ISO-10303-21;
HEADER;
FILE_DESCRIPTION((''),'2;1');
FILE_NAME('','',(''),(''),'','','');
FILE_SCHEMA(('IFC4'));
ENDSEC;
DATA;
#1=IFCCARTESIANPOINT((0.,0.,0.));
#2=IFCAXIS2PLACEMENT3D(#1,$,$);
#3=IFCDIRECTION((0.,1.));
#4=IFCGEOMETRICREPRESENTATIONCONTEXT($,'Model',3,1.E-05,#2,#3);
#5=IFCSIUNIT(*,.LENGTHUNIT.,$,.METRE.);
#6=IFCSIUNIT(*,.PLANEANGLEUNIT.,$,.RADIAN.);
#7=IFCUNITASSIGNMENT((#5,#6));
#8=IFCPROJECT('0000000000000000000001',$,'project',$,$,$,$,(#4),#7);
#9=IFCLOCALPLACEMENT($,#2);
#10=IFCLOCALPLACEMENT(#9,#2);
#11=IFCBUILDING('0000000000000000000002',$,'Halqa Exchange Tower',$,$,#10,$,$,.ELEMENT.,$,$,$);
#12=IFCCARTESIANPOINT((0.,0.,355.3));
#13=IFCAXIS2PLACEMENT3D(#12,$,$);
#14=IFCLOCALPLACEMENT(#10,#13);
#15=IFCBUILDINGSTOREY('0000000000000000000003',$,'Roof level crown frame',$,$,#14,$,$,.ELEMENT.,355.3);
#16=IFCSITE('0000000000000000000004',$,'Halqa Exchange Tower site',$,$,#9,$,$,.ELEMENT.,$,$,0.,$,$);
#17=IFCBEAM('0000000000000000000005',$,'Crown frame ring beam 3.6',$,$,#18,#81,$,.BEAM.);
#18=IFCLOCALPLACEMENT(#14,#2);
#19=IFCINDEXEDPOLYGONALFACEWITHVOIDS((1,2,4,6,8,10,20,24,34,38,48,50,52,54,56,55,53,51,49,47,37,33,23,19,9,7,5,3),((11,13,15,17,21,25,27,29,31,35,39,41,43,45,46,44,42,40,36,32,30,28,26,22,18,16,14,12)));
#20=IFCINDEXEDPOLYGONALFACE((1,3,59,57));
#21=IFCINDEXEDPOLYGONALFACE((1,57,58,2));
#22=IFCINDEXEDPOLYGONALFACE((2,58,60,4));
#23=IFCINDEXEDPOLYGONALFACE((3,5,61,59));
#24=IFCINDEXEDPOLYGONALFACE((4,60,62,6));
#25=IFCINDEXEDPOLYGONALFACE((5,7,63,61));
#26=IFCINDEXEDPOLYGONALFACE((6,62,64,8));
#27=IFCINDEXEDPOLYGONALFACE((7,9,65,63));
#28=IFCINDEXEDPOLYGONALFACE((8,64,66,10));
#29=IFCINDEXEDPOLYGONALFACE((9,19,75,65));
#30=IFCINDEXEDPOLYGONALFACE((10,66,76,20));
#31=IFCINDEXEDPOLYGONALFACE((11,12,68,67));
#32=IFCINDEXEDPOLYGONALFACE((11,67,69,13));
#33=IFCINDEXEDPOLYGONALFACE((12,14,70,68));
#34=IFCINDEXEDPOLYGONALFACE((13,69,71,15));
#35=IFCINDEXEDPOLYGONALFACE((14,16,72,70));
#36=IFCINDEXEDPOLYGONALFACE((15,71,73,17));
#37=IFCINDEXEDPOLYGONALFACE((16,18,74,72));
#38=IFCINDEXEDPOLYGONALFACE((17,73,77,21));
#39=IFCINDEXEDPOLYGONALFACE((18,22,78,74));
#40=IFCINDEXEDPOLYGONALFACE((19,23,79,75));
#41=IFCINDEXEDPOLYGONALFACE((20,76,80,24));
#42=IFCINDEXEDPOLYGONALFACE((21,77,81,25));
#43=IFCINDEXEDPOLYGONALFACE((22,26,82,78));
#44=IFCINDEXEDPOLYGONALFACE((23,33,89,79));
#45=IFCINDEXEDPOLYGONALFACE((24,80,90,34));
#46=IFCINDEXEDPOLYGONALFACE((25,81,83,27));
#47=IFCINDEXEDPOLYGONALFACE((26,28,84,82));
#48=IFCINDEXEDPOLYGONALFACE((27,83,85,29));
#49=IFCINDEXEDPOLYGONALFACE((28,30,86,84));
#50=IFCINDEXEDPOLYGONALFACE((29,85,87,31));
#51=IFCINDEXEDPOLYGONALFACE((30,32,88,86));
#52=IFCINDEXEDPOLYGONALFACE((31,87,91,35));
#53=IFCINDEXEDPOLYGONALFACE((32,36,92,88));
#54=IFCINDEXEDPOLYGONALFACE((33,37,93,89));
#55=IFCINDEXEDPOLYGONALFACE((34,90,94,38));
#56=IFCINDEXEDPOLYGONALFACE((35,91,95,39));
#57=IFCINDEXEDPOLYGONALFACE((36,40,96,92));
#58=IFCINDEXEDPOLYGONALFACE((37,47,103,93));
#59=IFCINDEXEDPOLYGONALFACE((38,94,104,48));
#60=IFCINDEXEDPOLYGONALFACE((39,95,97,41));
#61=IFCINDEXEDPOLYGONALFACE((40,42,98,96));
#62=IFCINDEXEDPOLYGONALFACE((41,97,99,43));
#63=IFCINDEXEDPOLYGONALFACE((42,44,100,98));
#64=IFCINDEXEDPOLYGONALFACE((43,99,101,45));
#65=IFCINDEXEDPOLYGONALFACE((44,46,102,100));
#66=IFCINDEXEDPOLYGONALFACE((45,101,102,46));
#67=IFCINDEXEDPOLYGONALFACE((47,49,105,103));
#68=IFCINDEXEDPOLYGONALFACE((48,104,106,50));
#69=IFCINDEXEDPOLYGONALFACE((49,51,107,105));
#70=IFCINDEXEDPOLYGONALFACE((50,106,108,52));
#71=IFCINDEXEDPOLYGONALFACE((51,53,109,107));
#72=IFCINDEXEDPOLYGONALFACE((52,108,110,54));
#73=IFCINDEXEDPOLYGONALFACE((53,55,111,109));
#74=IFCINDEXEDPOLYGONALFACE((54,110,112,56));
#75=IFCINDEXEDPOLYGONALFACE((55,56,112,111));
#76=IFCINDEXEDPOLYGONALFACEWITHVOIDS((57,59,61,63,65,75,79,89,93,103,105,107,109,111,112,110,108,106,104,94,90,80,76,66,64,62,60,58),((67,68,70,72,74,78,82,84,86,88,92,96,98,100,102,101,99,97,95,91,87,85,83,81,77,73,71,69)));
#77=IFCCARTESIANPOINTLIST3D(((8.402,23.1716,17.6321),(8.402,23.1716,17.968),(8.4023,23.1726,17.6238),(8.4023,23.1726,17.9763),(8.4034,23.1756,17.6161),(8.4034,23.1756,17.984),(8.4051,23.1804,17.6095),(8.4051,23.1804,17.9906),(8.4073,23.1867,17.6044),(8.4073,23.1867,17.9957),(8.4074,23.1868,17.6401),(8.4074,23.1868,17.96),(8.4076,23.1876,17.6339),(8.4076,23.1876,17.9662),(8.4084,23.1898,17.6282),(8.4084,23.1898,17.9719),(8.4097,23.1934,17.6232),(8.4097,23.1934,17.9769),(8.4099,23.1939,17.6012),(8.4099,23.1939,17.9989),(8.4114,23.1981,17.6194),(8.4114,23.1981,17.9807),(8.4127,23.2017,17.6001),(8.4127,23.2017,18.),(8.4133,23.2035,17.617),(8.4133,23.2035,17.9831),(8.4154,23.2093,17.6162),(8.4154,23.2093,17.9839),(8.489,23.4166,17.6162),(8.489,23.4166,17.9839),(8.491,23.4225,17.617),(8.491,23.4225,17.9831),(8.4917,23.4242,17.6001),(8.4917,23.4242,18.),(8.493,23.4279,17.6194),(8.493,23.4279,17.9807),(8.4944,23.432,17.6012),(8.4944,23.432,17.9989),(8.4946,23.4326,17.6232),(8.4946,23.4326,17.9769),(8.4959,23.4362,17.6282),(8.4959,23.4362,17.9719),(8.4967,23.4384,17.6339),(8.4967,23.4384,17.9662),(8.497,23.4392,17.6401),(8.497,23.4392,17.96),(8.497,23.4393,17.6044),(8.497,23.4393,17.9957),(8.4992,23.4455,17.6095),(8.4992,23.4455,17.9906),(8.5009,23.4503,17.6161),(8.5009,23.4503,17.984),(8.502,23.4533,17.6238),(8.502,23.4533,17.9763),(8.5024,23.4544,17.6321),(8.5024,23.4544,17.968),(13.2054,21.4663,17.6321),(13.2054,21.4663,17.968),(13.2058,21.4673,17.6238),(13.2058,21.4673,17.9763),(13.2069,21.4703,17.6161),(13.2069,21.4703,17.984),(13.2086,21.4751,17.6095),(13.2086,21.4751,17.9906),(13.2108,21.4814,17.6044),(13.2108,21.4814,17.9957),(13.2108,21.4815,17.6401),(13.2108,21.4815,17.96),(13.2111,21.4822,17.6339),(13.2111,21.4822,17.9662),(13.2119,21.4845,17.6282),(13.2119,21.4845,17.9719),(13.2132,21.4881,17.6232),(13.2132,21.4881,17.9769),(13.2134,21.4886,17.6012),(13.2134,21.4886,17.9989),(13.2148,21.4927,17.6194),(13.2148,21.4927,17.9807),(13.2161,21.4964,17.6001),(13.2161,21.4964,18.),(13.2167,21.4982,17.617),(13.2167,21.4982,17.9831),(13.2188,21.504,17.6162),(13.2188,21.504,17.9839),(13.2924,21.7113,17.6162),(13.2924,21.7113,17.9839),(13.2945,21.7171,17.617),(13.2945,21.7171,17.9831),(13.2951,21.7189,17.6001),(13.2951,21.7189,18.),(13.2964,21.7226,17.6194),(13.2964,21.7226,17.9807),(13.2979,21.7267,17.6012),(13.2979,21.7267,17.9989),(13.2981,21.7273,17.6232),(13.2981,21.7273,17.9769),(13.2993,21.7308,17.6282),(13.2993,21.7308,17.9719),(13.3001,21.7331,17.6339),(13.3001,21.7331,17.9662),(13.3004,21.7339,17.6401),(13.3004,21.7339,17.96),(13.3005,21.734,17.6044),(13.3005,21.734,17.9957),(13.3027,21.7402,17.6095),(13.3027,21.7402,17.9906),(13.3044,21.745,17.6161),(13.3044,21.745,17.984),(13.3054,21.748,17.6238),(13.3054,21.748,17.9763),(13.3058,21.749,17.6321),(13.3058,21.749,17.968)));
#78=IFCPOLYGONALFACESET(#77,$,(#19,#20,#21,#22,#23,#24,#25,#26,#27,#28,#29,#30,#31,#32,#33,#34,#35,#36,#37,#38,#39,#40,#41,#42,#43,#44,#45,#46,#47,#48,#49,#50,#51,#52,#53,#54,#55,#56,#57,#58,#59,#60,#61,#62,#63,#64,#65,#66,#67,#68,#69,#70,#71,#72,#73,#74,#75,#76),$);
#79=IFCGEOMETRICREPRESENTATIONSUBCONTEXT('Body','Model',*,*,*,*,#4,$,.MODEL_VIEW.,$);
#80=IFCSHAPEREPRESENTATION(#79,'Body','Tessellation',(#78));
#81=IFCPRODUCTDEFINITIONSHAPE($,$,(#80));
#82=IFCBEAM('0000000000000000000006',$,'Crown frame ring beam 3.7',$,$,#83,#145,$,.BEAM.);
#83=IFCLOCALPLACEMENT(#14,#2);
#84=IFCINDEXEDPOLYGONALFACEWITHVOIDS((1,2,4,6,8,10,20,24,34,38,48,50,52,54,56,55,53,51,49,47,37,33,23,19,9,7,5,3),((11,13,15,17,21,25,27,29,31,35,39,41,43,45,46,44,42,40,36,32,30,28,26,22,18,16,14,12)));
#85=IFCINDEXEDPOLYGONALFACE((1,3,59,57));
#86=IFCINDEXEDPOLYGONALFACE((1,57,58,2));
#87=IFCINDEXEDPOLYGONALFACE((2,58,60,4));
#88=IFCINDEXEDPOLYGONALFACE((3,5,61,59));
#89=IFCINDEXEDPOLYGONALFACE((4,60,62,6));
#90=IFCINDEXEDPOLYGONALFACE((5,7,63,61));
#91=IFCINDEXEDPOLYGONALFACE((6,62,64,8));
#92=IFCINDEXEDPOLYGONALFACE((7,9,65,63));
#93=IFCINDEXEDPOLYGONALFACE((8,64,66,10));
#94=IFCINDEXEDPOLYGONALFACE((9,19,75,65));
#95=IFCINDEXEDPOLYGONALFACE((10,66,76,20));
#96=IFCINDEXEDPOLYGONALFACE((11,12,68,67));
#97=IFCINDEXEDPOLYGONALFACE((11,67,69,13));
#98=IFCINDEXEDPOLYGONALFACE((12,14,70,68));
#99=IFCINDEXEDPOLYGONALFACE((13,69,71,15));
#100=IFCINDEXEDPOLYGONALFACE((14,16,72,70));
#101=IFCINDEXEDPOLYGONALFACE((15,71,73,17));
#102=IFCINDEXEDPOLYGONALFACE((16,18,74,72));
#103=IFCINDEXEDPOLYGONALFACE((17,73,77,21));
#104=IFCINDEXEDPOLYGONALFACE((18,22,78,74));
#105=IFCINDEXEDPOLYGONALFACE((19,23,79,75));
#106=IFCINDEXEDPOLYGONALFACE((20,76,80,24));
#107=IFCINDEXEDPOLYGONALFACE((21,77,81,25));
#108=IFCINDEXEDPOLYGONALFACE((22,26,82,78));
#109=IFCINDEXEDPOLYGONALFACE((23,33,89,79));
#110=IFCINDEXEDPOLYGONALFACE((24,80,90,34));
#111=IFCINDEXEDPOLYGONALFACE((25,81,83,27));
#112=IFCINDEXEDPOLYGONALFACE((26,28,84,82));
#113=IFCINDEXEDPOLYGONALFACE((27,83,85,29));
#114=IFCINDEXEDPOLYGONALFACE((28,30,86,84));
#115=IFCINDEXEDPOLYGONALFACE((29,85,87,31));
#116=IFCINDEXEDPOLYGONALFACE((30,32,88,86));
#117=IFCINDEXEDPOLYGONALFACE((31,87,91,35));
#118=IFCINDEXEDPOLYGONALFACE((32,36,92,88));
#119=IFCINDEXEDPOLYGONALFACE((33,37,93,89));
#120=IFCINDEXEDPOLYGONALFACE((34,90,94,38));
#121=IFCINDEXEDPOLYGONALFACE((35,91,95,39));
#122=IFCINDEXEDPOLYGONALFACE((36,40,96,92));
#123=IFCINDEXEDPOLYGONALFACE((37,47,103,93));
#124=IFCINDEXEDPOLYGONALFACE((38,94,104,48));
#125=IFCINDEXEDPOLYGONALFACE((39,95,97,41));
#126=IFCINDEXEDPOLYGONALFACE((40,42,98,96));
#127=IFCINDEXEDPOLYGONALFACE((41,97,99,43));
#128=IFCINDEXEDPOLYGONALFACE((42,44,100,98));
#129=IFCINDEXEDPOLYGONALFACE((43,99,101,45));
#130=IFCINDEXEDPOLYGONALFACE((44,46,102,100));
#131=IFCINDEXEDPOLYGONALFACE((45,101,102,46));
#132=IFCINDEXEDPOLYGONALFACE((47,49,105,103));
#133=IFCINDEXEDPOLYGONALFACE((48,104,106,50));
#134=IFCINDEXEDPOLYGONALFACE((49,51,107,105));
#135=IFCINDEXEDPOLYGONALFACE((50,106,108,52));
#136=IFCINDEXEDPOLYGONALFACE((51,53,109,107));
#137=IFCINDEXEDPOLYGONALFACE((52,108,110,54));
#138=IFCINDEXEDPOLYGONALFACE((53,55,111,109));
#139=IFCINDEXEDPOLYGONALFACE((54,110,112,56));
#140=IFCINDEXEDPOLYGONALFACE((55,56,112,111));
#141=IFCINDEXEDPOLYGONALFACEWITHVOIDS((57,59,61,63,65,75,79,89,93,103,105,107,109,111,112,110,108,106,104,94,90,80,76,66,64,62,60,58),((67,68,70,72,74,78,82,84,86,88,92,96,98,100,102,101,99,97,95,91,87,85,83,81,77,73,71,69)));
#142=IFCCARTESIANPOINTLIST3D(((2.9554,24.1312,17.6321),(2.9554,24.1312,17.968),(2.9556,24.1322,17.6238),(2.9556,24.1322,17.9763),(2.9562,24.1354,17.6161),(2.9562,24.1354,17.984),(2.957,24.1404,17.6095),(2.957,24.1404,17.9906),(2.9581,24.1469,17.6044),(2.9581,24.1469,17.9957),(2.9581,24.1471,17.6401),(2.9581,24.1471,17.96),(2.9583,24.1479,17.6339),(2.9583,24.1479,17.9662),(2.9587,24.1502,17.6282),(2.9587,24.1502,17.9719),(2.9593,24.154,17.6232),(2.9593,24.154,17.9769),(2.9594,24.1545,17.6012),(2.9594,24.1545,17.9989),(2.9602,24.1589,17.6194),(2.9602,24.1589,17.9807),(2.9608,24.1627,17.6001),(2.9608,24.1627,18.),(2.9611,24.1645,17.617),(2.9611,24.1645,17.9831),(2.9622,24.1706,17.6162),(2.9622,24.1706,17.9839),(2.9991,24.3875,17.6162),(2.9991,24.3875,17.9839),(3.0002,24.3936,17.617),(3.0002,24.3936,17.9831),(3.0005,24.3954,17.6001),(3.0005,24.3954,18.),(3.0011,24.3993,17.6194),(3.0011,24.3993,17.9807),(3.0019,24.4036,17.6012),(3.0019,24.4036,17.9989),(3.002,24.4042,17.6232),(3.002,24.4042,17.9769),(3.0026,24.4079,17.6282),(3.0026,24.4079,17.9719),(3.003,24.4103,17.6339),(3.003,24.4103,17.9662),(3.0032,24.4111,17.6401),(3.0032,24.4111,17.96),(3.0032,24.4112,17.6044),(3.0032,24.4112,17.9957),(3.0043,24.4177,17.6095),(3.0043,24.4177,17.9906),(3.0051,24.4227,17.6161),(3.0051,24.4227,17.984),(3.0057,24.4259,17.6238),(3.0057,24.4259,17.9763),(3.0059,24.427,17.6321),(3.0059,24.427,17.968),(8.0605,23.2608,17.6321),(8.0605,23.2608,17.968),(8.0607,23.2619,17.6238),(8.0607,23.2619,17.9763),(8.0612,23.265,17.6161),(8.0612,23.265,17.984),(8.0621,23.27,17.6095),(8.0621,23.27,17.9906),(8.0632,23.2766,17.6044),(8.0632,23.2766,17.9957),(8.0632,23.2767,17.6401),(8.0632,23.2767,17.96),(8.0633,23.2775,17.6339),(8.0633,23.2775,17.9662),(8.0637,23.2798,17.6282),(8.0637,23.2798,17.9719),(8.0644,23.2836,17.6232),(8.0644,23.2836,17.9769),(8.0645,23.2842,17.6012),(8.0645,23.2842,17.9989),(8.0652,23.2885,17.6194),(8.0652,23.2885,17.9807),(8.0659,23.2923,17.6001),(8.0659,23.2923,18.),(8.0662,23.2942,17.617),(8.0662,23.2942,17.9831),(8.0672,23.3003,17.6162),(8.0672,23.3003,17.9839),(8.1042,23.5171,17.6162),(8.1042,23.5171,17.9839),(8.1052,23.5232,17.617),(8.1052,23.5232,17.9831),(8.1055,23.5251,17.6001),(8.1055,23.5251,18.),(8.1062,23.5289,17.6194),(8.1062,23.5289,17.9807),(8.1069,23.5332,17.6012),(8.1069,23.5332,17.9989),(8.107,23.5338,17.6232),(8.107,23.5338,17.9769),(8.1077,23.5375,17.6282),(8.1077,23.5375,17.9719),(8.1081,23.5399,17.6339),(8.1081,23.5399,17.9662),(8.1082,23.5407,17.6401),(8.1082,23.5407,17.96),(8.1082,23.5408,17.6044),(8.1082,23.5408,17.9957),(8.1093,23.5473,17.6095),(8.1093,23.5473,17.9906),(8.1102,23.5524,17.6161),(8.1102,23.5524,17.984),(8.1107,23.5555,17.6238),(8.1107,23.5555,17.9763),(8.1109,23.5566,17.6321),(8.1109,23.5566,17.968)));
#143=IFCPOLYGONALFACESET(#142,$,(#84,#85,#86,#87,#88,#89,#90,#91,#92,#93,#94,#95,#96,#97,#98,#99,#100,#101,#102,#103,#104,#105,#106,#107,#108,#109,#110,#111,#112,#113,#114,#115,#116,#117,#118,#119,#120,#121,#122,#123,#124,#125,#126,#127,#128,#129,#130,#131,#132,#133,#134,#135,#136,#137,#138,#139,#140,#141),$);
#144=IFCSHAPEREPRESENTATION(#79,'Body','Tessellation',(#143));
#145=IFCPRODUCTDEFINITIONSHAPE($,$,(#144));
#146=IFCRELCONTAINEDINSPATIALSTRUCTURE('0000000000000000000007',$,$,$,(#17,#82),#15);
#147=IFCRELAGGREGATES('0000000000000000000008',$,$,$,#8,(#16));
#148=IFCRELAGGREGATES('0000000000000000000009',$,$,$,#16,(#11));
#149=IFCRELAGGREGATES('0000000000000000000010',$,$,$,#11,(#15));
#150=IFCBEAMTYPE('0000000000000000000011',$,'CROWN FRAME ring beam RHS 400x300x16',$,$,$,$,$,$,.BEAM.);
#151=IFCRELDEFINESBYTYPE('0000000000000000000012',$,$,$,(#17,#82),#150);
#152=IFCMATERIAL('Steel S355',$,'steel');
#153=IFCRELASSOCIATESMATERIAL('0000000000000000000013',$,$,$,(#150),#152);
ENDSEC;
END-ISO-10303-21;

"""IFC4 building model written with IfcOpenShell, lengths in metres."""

from ifc_helpers import new_model, si_unit, direction, frame, origin, origin_2d, place, context, subcontext, project, spatial, hollow_rectangle, extrude, material, material_profile, profile_set, type_object, element, save


model = new_model("IFC4")

# Units and contexts
model_context = context("Model", 3, precision=1e-05, world=origin(), true_north=direction((0.0, 1.0)))
body_context = subcontext(model_context, "Body", "Model", "MODEL_VIEW")
ifc_project = project(units=[si_unit("LENGTHUNIT", "METRE"), si_unit("PLANEANGLEUNIT", "RADIAN")], contexts=[model_context])

# Site, building, storey
site_placement = place(None, origin())
site = spatial("IfcSite", under=ifc_project, at=site_placement, Name="Halqa Exchange Tower site", CompositionType="ELEMENT", RefElevation=0.0)
building_placement = place(site_placement, origin())
building = spatial("IfcBuilding", under=site, at=building_placement, Name="Halqa Exchange Tower", CompositionType="ELEMENT")
storey_placement = place(building_placement, frame((0.0, 0.0, 355.3)))
storey = spatial("IfcBuildingStorey", under=building, at=storey_placement, Name="Roof level crown frame", CompositionType="ELEMENT", Elevation=355.3)

# Shared definitions
ifc_material_1 = material(Name="Steel S355", Category="steel")

# Beams
ifc_material_profile_1 = material_profile(ifc_material_1, hollow_rectangle(XDim=0.3, YDim=0.3999, WallThickness=0.0161, InnerFilletRadius=0.0239, OuterFilletRadius=0.032, at=origin_2d()), Name="RHS 400x300x16")
ifc_profile_set_1 = profile_set([ifc_material_profile_1], Name="Steel S355")
beam_type_1 = type_object("IfcBeamType", Name="CROWN FRAME ring beam RHS 400x300x16", PredefinedType="BEAM", material=ifc_profile_set_1)
beam_1_placement = place(storey_placement, frame((13.2556, 21.6077, 17.8), z_axis=(-0.942374, 0.334561, 0.0), x_axis=(-0.334561, -0.942374, 0.0)))
element("IfcBeam", 1, at=beam_1_placement, inside=storey, type_object=beam_type_1, Name="Crown frame ring beam 3.6", PredefinedType="BEAM", context=body_context, shape_type="SweptSolid", body=[
    extrude(hollow_rectangle(XDim=0.3, YDim=0.3999, WallThickness=0.0161, InnerFilletRadius=0.0239, OuterFilletRadius=0.032, at=origin_2d()), origin(), (0.0, 0.0, 1.0), 5.0972),
])
beam_2_placement = place(storey_placement, frame((8.0857, 23.4087, 17.8), z_axis=(-0.985776, 0.168067, 0.0), x_axis=(-0.168067, -0.985776, 0.0)))
element("IfcBeam", 2, at=beam_2_placement, inside=storey, type_object=beam_type_1, Name="Crown frame ring beam 3.7", PredefinedType="BEAM", context=body_context, shape_type="SweptSolid", body=[
    extrude(hollow_rectangle(XDim=0.3, YDim=0.3999, WallThickness=0.0161, InnerFilletRadius=0.0239, OuterFilletRadius=0.032, at=origin_2d()), origin(), (0.0, 0.0, 1.0), 5.1787),
])

save(model, "model.ifc")
